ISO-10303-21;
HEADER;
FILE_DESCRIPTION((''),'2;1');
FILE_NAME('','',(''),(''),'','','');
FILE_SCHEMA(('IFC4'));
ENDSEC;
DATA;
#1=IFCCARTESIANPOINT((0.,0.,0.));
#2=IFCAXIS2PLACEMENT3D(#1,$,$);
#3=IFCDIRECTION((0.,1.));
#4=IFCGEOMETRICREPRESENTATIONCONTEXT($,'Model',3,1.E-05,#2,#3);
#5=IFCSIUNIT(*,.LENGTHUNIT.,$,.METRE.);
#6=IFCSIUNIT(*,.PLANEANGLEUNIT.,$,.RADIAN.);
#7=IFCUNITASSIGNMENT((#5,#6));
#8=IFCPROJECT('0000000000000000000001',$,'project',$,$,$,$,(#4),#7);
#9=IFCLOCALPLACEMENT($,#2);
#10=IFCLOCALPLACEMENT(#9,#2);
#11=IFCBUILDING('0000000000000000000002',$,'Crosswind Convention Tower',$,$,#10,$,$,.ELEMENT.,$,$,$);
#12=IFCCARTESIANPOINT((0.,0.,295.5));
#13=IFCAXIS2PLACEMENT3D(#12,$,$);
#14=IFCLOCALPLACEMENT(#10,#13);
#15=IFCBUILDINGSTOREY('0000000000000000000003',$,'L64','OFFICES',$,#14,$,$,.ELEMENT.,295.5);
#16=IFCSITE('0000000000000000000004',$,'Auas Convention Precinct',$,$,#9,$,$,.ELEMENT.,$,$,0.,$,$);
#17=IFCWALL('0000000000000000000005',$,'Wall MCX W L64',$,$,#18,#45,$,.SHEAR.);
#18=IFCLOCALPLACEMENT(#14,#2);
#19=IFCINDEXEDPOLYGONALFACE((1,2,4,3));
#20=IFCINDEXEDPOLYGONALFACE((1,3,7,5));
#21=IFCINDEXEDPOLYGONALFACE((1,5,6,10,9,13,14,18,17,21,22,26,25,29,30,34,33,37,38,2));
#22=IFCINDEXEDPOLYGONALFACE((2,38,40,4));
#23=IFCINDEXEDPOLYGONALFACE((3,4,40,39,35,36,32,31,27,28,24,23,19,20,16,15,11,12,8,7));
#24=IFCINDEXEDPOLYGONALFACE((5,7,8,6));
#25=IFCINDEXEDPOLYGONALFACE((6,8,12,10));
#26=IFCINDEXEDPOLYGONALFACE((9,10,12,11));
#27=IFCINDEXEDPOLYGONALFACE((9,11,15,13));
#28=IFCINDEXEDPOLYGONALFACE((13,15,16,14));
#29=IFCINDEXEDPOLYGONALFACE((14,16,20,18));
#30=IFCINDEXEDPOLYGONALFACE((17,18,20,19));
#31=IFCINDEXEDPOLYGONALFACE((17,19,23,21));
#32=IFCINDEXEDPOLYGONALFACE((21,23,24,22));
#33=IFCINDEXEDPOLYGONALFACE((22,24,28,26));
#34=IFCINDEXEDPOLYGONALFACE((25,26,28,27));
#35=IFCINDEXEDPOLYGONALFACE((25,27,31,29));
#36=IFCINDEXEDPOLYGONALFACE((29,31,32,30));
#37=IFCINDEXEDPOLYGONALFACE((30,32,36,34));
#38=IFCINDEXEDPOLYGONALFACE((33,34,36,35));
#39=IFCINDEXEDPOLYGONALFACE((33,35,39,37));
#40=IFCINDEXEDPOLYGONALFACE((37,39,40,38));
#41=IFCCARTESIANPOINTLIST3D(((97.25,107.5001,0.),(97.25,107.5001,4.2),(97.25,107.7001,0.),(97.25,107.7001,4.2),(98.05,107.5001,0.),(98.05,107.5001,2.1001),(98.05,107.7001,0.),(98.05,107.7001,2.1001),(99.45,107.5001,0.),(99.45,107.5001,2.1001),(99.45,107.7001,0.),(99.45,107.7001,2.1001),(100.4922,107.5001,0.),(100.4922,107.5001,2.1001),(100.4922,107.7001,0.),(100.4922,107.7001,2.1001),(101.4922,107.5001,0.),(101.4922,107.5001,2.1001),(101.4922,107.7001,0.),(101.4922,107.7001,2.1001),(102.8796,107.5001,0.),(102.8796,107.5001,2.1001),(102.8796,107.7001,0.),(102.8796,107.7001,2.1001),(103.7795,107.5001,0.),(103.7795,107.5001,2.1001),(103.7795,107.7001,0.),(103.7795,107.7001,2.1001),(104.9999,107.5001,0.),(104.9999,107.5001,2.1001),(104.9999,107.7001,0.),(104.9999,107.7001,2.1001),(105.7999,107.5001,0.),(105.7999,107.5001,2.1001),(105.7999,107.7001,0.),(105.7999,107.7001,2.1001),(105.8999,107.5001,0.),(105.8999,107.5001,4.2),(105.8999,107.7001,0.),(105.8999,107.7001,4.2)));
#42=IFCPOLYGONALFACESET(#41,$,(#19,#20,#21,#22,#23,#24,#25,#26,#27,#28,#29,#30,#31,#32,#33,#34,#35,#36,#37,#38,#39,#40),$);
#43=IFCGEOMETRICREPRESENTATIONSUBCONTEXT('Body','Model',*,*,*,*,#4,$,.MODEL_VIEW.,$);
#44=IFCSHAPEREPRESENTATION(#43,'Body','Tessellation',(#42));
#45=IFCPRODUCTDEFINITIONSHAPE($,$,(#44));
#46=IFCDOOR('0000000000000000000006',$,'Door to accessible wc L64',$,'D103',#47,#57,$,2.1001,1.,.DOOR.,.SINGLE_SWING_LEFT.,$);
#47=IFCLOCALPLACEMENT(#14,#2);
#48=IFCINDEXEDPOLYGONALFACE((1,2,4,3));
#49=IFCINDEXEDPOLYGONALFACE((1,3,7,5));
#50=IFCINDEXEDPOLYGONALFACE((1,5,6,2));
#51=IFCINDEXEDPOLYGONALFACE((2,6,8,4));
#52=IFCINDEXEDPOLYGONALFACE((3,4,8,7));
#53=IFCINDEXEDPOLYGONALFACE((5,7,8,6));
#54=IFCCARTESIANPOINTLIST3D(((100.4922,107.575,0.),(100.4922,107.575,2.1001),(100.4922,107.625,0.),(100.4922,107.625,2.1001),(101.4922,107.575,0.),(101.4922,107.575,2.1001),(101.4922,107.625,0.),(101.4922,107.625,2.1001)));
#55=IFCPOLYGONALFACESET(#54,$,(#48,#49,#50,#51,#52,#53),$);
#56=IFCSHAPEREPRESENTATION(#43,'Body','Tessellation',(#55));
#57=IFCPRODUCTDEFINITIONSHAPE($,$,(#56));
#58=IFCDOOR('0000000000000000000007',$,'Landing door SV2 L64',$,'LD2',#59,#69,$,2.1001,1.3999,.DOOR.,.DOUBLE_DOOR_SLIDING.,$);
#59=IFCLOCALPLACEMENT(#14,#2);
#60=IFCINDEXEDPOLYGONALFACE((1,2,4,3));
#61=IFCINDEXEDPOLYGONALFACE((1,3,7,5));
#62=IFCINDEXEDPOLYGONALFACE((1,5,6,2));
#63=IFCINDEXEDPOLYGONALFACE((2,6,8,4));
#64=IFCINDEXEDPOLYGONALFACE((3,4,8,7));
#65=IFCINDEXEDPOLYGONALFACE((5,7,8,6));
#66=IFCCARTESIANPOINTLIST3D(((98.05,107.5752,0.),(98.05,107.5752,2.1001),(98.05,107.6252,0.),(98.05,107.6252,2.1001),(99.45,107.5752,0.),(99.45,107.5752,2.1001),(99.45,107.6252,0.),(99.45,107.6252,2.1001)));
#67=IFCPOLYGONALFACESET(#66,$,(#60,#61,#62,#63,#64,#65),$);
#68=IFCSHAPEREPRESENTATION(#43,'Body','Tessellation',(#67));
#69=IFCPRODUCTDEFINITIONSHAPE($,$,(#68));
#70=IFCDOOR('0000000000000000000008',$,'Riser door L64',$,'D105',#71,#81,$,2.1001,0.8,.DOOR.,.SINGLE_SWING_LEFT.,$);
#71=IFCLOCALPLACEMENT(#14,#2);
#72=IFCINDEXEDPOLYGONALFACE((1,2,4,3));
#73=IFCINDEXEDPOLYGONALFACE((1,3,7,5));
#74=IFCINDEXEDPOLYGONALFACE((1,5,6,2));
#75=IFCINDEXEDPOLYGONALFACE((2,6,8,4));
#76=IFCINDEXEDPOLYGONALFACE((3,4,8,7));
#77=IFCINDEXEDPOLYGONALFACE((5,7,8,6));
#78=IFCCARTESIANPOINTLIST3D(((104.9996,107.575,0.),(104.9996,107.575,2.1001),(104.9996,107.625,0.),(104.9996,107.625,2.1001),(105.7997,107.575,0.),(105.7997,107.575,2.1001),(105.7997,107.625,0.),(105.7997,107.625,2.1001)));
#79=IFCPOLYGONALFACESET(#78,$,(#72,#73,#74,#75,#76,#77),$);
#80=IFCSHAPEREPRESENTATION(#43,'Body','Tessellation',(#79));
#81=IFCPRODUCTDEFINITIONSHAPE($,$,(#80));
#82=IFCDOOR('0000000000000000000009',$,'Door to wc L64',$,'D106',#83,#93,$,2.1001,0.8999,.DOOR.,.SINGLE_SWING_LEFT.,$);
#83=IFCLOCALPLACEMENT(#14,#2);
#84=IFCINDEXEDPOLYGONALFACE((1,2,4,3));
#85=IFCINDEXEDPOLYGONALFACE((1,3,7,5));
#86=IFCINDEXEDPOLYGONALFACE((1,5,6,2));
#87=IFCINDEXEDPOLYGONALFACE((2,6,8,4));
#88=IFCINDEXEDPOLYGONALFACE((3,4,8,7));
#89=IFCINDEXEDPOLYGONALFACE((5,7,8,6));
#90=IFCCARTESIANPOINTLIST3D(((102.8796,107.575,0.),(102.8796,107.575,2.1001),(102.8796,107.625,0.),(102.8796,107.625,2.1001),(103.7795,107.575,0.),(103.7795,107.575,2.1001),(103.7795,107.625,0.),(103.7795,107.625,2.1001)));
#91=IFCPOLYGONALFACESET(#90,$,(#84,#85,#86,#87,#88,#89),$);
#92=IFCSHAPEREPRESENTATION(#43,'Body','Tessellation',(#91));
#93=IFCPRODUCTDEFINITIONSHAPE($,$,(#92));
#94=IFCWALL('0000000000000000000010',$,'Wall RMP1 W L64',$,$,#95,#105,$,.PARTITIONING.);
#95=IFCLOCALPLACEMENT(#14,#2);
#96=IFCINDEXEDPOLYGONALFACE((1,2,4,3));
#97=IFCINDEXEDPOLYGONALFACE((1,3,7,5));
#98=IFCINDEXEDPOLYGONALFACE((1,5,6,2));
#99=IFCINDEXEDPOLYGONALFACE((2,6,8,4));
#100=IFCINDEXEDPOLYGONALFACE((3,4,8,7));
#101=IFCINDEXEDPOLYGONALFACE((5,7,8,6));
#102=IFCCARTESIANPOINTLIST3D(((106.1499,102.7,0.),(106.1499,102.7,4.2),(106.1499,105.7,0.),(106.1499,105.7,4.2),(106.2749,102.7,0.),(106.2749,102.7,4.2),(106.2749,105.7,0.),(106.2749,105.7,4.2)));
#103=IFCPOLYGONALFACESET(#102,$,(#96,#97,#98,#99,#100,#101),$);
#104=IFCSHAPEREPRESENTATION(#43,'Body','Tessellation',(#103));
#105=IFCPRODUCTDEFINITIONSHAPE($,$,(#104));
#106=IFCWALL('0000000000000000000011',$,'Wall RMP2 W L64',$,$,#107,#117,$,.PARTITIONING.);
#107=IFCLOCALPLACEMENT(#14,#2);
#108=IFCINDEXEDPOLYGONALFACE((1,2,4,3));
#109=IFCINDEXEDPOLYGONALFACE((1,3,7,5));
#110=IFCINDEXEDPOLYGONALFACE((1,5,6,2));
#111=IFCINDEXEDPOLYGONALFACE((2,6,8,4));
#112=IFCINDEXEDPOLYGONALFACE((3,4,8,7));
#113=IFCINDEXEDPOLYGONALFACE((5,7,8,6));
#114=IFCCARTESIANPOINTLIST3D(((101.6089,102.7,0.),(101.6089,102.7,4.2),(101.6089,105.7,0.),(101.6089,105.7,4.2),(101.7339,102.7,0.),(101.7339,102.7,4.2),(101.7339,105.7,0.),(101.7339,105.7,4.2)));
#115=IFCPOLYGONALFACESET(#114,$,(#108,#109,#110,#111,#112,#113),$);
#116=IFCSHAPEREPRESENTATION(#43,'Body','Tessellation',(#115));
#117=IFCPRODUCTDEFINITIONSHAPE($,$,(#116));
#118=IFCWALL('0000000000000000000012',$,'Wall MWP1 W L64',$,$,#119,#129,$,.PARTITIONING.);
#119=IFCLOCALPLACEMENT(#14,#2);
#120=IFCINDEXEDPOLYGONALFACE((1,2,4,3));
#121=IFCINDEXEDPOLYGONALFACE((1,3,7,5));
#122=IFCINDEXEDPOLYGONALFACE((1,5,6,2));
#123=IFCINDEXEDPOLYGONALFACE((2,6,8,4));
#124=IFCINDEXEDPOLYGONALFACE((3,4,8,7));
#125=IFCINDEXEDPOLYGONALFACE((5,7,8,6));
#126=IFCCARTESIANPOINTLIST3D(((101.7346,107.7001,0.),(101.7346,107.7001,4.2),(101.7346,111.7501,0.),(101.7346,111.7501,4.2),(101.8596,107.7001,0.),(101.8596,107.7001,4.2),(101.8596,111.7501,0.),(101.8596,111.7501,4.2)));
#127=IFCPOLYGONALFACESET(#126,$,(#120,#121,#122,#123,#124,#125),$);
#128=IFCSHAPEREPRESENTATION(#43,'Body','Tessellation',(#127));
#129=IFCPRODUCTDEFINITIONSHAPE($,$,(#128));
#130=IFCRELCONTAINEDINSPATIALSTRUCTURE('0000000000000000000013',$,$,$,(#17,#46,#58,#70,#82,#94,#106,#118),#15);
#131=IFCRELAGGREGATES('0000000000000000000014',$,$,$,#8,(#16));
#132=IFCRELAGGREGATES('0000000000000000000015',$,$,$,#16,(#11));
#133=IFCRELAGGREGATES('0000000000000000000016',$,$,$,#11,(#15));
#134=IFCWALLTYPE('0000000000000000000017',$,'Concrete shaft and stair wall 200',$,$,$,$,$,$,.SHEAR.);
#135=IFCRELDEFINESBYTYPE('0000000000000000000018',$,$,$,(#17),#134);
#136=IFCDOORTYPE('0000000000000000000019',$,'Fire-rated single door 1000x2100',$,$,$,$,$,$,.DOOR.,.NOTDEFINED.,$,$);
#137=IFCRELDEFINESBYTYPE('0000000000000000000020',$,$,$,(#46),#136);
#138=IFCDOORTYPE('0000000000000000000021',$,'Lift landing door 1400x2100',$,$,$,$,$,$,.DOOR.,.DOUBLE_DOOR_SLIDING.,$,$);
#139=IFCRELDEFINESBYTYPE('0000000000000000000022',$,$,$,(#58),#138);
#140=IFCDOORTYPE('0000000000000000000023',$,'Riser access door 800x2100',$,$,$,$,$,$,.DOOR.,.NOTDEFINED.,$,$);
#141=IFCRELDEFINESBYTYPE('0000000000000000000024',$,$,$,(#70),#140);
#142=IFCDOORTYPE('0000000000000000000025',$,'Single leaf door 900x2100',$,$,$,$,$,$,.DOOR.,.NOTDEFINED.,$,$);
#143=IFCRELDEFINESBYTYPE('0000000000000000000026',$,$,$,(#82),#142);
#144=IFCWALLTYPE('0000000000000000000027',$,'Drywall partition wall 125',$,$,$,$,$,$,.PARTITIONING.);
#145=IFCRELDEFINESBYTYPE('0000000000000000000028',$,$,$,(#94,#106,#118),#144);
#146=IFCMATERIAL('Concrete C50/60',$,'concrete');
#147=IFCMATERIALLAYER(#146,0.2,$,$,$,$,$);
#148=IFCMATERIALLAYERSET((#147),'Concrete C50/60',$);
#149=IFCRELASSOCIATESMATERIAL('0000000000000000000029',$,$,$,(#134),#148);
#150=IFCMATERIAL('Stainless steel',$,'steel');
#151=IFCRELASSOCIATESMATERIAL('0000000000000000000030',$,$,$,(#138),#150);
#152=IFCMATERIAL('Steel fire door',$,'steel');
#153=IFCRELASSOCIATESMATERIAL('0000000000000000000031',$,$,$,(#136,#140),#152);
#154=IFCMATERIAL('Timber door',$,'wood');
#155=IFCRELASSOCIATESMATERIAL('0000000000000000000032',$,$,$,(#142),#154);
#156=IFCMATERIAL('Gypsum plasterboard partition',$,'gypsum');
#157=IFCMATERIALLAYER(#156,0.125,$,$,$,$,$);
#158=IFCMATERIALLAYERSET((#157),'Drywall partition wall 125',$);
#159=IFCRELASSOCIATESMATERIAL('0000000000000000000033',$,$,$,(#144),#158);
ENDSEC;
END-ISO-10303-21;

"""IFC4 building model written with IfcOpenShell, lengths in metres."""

from ifc_helpers import new_model, si_unit, direction, frame, frame_2d, origin, place, context, subcontext, project, spatial, rectangle, extrude, material, layer, layer_set, type_object, element, fill, save


model = new_model("IFC4")

# Units and contexts
model_context = context("Model", 3, precision=1e-05, world=origin(), true_north=direction((0.0, 1.0)))
body_context = subcontext(model_context, "Body", "Model", "MODEL_VIEW")
ifc_project = project(units=[si_unit("LENGTHUNIT", "METRE"), si_unit("PLANEANGLEUNIT", "RADIAN")], contexts=[model_context])

# Site, building, storey
site_placement = place(None, origin())
site = spatial("IfcSite", under=ifc_project, at=site_placement, Name="Auas Convention Precinct", CompositionType="ELEMENT", RefElevation=0.0)
building_placement = place(site_placement, origin())
building = spatial("IfcBuilding", under=site, at=building_placement, Name="Crosswind Convention Tower", CompositionType="ELEMENT")
storey_placement = place(building_placement, frame((0.0, 0.0, 295.5)))
storey = spatial("IfcBuildingStorey", under=building, at=storey_placement, Name="L64", Description="OFFICES", CompositionType="ELEMENT", Elevation=295.5)

# Shared definitions
ifc_material_1 = material(Name="Concrete C50/60", Category="concrete")
ifc_layer_1 = layer(ifc_material_1, 0.2)
ifc_layer_set_1 = layer_set([ifc_layer_1], Name="Concrete C50/60")
wall_type_1 = type_object("IfcWallType", Name="Concrete shaft and stair wall 200", PredefinedType="SHEAR", material=ifc_layer_set_1)

# Shared definitions
ifc_material_2 = material(Name="Stainless steel", Category="steel")
door_type_1 = type_object("IfcDoorType", Name="Lift landing door 1400x2100", OperationType="DOUBLE_DOOR_SLIDING", PredefinedType="DOOR", material=ifc_material_2)

# Wall, openings, doors
wall_1_placement = place(storey_placement, frame((105.8999, 107.6001, 0.0), z_axis=(0.0, 0.0, 1.0), x_axis=(-1.0, 0.0, 0.0)))
wall_1 = element("IfcWall", 1, at=wall_1_placement, inside=storey, type_object=wall_type_1, Name="Wall MCX W L64", PredefinedType="SHEAR", context=body_context, shape_type="SweptSolid", body=[
    extrude(rectangle(XDim=8.6499, YDim=0.2, at=frame_2d((4.325, 0.0))), origin(), (0.0, 0.0, 1.0), 4.2),
])
opening_1_placement = place(wall_1_placement, frame((0.1001, 0.0, 0.0)))
opening_1 = element("IfcOpeningElement", 2, at=opening_1_placement, cuts=wall_1, PredefinedType="OPENING", context=body_context, shape_type="SweptSolid", body=[
    extrude(rectangle(XDim=0.8, YDim=2.1001, at=frame_2d((0.3999, 1.05))), frame((0.0, 0.1099, 0.0), z_axis=(0.0, -1.0, 0.0), x_axis=(1.0, 0.0, 0.0)), (0.0, 0.0, 1.0), 0.22),
])
opening_2_placement = place(wall_1_placement, frame((2.1204, 0.0, 0.0)))
opening_2 = element("IfcOpeningElement", 3, at=opening_2_placement, cuts=wall_1, PredefinedType="OPENING", context=body_context, shape_type="SweptSolid", body=[
    extrude(rectangle(XDim=0.8999, YDim=2.1001, at=frame_2d((0.45, 1.05))), frame((0.0, 0.1099, 0.0), z_axis=(0.0, -1.0, 0.0), x_axis=(1.0, 0.0, 0.0)), (0.0, 0.0, 1.0), 0.22),
])
opening_3_placement = place(wall_1_placement, frame((4.4077, 0.0, 0.0)))
opening_3 = element("IfcOpeningElement", 4, at=opening_3_placement, cuts=wall_1, PredefinedType="OPENING", context=body_context, shape_type="SweptSolid", body=[
    extrude(rectangle(XDim=1.0, YDim=2.1001, at=frame_2d((0.5, 1.05))), frame((0.0, 0.1099, 0.0), z_axis=(0.0, -1.0, 0.0), x_axis=(1.0, 0.0, 0.0)), (0.0, 0.0, 1.0), 0.22),
])
opening_4_placement = place(wall_1_placement, frame((6.45, 0.0, 0.0)))
opening_4 = element("IfcOpeningElement", 5, at=opening_4_placement, cuts=wall_1, PredefinedType="OPENING", context=body_context, shape_type="SweptSolid", body=[
    extrude(rectangle(XDim=1.3999, YDim=2.1001, at=frame_2d((0.7, 1.05))), frame((0.0, 0.1099, 0.0), z_axis=(0.0, -1.0, 0.0), x_axis=(1.0, 0.0, 0.0)), (0.0, 0.0, 1.0), 0.22),
])
ifc_material_3 = material(Name="Steel fire door", Category="steel")
door_type_2 = type_object("IfcDoorType", Name="Fire-rated single door 1000x2100", OperationType="NOTDEFINED", PredefinedType="DOOR", material=ifc_material_3)
door_1_placement = place(opening_3_placement, frame((1.0, 0.0, 0.0), z_axis=(0.0, 0.0, 1.0), x_axis=(-1.0, 0.0, 0.0)))
door_1 = element("IfcDoor", 6, at=door_1_placement, inside=storey, type_object=door_type_2, Name="Door to accessible wc L64", ObjectType="D103", OperationType="SINGLE_SWING_LEFT", OverallHeight=2.1001, OverallWidth=1.0, PredefinedType="DOOR", context=body_context, shape_type="SweptSolid", body=[
    extrude(rectangle(XDim=1.0, YDim=2.1001, at=frame_2d((0.5, 1.05))), frame((0.0, 0.0249, 0.0), z_axis=(0.0, -1.0, 0.0), x_axis=(1.0, 0.0, 0.0)), (0.0, 0.0, 1.0), 0.05),
])
fill(opening_3, door_1)
door_2_placement = place(opening_4_placement, origin())
door_2 = element("IfcDoor", 7, at=door_2_placement, inside=storey, type_object=door_type_1, Name="Landing door SV2 L64", ObjectType="LD2", OperationType="DOUBLE_DOOR_SLIDING", OverallHeight=2.1001, OverallWidth=1.3999, PredefinedType="DOOR", context=body_context, shape_type="SweptSolid", body=[
    extrude(rectangle(XDim=1.3999, YDim=2.1001, at=frame_2d((0.7, 1.05))), frame((0.0, 0.0249, 0.0), z_axis=(0.0, -1.0, 0.0), x_axis=(1.0, 0.0, 0.0)), (0.0, 0.0, 1.0), 0.05),
])
fill(opening_4, door_2)
door_type_3 = type_object("IfcDoorType", Name="Riser access door 800x2100", OperationType="NOTDEFINED", PredefinedType="DOOR", material=ifc_material_3)
door_3_placement = place(opening_1_placement, frame((0.8, 0.0, 0.0), z_axis=(0.0, 0.0, 1.0), x_axis=(-1.0, 0.0, 0.0)))
door_3 = element("IfcDoor", 8, at=door_3_placement, inside=storey, type_object=door_type_3, Name="Riser door L64", ObjectType="D105", OperationType="SINGLE_SWING_LEFT", OverallHeight=2.1001, OverallWidth=0.8, PredefinedType="DOOR", context=body_context, shape_type="SweptSolid", body=[
    extrude(rectangle(XDim=0.8, YDim=2.1001, at=frame_2d((0.3999, 1.05))), frame((0.0, 0.0249, 0.0), z_axis=(0.0, -1.0, 0.0), x_axis=(1.0, 0.0, 0.0)), (0.0, 0.0, 1.0), 0.05),
])
fill(opening_1, door_3)
ifc_material_4 = material(Name="Timber door", Category="wood")
door_type_4 = type_object("IfcDoorType", Name="Single leaf door 900x2100", OperationType="NOTDEFINED", PredefinedType="DOOR", material=ifc_material_4)
door_4_placement = place(opening_2_placement, frame((0.8999, 0.0, 0.0), z_axis=(0.0, 0.0, 1.0), x_axis=(-1.0, 0.0, 0.0)))
door_4 = element("IfcDoor", 9, at=door_4_placement, inside=storey, type_object=door_type_4, Name="Door to wc L64", ObjectType="D106", OperationType="SINGLE_SWING_LEFT", OverallHeight=2.1001, OverallWidth=0.8999, PredefinedType="DOOR", context=body_context, shape_type="SweptSolid", body=[
    extrude(rectangle(XDim=0.8999, YDim=2.1001, at=frame_2d((0.45, 1.05))), frame((0.0, 0.0249, 0.0), z_axis=(0.0, -1.0, 0.0), x_axis=(1.0, 0.0, 0.0)), (0.0, 0.0, 1.0), 0.05),
])
fill(opening_2, door_4)

# Walls
ifc_material_5 = material(Name="Gypsum plasterboard partition", Category="gypsum")
ifc_layer_2 = layer(ifc_material_5, 0.125)
ifc_layer_set_2 = layer_set([ifc_layer_2], Name="Drywall partition wall 125")
wall_type_2 = type_object("IfcWallType", Name="Drywall partition wall 125", PredefinedType="PARTITIONING", material=ifc_layer_set_2)
for number, where, z_axis, x_axis, name in (
    (10, (106.2124, 105.7, 0.0), (0.0, 0.0, 1.0), (0.0, -1.0, 0.0), "Wall RMP1 W L64"),
    (11, (101.6714, 105.7, 0.0), (0.0, 0.0, 1.0), (0.0, -1.0, 0.0), "Wall RMP2 W L64"),
):
    element("IfcWall", number, at=place(storey_placement, frame(where, z_axis=z_axis, x_axis=x_axis)), inside=storey, type_object=wall_type_2, Name=name, PredefinedType="PARTITIONING", context=body_context, shape_type="SweptSolid", body=[
        extrude(rectangle(XDim=3.0, YDim=0.125, at=frame_2d((1.5, 0.0))), origin(), (0.0, 0.0, 1.0), 4.2),
    ])
wall_2_placement = place(storey_placement, frame((101.7971, 111.75, 0.0), z_axis=(0.0, 0.0, 1.0), x_axis=(0.0, -1.0, 0.0)))
element("IfcWall", 12, at=wall_2_placement, inside=storey, type_object=wall_type_2, Name="Wall MWP1 W L64", PredefinedType="PARTITIONING", context=body_context, shape_type="SweptSolid", body=[
    extrude(rectangle(XDim=4.05, YDim=0.125, at=frame_2d((2.0249, 0.0))), origin(), (0.0, 0.0, 1.0), 4.2),
])

save(model, "model.ifc")
